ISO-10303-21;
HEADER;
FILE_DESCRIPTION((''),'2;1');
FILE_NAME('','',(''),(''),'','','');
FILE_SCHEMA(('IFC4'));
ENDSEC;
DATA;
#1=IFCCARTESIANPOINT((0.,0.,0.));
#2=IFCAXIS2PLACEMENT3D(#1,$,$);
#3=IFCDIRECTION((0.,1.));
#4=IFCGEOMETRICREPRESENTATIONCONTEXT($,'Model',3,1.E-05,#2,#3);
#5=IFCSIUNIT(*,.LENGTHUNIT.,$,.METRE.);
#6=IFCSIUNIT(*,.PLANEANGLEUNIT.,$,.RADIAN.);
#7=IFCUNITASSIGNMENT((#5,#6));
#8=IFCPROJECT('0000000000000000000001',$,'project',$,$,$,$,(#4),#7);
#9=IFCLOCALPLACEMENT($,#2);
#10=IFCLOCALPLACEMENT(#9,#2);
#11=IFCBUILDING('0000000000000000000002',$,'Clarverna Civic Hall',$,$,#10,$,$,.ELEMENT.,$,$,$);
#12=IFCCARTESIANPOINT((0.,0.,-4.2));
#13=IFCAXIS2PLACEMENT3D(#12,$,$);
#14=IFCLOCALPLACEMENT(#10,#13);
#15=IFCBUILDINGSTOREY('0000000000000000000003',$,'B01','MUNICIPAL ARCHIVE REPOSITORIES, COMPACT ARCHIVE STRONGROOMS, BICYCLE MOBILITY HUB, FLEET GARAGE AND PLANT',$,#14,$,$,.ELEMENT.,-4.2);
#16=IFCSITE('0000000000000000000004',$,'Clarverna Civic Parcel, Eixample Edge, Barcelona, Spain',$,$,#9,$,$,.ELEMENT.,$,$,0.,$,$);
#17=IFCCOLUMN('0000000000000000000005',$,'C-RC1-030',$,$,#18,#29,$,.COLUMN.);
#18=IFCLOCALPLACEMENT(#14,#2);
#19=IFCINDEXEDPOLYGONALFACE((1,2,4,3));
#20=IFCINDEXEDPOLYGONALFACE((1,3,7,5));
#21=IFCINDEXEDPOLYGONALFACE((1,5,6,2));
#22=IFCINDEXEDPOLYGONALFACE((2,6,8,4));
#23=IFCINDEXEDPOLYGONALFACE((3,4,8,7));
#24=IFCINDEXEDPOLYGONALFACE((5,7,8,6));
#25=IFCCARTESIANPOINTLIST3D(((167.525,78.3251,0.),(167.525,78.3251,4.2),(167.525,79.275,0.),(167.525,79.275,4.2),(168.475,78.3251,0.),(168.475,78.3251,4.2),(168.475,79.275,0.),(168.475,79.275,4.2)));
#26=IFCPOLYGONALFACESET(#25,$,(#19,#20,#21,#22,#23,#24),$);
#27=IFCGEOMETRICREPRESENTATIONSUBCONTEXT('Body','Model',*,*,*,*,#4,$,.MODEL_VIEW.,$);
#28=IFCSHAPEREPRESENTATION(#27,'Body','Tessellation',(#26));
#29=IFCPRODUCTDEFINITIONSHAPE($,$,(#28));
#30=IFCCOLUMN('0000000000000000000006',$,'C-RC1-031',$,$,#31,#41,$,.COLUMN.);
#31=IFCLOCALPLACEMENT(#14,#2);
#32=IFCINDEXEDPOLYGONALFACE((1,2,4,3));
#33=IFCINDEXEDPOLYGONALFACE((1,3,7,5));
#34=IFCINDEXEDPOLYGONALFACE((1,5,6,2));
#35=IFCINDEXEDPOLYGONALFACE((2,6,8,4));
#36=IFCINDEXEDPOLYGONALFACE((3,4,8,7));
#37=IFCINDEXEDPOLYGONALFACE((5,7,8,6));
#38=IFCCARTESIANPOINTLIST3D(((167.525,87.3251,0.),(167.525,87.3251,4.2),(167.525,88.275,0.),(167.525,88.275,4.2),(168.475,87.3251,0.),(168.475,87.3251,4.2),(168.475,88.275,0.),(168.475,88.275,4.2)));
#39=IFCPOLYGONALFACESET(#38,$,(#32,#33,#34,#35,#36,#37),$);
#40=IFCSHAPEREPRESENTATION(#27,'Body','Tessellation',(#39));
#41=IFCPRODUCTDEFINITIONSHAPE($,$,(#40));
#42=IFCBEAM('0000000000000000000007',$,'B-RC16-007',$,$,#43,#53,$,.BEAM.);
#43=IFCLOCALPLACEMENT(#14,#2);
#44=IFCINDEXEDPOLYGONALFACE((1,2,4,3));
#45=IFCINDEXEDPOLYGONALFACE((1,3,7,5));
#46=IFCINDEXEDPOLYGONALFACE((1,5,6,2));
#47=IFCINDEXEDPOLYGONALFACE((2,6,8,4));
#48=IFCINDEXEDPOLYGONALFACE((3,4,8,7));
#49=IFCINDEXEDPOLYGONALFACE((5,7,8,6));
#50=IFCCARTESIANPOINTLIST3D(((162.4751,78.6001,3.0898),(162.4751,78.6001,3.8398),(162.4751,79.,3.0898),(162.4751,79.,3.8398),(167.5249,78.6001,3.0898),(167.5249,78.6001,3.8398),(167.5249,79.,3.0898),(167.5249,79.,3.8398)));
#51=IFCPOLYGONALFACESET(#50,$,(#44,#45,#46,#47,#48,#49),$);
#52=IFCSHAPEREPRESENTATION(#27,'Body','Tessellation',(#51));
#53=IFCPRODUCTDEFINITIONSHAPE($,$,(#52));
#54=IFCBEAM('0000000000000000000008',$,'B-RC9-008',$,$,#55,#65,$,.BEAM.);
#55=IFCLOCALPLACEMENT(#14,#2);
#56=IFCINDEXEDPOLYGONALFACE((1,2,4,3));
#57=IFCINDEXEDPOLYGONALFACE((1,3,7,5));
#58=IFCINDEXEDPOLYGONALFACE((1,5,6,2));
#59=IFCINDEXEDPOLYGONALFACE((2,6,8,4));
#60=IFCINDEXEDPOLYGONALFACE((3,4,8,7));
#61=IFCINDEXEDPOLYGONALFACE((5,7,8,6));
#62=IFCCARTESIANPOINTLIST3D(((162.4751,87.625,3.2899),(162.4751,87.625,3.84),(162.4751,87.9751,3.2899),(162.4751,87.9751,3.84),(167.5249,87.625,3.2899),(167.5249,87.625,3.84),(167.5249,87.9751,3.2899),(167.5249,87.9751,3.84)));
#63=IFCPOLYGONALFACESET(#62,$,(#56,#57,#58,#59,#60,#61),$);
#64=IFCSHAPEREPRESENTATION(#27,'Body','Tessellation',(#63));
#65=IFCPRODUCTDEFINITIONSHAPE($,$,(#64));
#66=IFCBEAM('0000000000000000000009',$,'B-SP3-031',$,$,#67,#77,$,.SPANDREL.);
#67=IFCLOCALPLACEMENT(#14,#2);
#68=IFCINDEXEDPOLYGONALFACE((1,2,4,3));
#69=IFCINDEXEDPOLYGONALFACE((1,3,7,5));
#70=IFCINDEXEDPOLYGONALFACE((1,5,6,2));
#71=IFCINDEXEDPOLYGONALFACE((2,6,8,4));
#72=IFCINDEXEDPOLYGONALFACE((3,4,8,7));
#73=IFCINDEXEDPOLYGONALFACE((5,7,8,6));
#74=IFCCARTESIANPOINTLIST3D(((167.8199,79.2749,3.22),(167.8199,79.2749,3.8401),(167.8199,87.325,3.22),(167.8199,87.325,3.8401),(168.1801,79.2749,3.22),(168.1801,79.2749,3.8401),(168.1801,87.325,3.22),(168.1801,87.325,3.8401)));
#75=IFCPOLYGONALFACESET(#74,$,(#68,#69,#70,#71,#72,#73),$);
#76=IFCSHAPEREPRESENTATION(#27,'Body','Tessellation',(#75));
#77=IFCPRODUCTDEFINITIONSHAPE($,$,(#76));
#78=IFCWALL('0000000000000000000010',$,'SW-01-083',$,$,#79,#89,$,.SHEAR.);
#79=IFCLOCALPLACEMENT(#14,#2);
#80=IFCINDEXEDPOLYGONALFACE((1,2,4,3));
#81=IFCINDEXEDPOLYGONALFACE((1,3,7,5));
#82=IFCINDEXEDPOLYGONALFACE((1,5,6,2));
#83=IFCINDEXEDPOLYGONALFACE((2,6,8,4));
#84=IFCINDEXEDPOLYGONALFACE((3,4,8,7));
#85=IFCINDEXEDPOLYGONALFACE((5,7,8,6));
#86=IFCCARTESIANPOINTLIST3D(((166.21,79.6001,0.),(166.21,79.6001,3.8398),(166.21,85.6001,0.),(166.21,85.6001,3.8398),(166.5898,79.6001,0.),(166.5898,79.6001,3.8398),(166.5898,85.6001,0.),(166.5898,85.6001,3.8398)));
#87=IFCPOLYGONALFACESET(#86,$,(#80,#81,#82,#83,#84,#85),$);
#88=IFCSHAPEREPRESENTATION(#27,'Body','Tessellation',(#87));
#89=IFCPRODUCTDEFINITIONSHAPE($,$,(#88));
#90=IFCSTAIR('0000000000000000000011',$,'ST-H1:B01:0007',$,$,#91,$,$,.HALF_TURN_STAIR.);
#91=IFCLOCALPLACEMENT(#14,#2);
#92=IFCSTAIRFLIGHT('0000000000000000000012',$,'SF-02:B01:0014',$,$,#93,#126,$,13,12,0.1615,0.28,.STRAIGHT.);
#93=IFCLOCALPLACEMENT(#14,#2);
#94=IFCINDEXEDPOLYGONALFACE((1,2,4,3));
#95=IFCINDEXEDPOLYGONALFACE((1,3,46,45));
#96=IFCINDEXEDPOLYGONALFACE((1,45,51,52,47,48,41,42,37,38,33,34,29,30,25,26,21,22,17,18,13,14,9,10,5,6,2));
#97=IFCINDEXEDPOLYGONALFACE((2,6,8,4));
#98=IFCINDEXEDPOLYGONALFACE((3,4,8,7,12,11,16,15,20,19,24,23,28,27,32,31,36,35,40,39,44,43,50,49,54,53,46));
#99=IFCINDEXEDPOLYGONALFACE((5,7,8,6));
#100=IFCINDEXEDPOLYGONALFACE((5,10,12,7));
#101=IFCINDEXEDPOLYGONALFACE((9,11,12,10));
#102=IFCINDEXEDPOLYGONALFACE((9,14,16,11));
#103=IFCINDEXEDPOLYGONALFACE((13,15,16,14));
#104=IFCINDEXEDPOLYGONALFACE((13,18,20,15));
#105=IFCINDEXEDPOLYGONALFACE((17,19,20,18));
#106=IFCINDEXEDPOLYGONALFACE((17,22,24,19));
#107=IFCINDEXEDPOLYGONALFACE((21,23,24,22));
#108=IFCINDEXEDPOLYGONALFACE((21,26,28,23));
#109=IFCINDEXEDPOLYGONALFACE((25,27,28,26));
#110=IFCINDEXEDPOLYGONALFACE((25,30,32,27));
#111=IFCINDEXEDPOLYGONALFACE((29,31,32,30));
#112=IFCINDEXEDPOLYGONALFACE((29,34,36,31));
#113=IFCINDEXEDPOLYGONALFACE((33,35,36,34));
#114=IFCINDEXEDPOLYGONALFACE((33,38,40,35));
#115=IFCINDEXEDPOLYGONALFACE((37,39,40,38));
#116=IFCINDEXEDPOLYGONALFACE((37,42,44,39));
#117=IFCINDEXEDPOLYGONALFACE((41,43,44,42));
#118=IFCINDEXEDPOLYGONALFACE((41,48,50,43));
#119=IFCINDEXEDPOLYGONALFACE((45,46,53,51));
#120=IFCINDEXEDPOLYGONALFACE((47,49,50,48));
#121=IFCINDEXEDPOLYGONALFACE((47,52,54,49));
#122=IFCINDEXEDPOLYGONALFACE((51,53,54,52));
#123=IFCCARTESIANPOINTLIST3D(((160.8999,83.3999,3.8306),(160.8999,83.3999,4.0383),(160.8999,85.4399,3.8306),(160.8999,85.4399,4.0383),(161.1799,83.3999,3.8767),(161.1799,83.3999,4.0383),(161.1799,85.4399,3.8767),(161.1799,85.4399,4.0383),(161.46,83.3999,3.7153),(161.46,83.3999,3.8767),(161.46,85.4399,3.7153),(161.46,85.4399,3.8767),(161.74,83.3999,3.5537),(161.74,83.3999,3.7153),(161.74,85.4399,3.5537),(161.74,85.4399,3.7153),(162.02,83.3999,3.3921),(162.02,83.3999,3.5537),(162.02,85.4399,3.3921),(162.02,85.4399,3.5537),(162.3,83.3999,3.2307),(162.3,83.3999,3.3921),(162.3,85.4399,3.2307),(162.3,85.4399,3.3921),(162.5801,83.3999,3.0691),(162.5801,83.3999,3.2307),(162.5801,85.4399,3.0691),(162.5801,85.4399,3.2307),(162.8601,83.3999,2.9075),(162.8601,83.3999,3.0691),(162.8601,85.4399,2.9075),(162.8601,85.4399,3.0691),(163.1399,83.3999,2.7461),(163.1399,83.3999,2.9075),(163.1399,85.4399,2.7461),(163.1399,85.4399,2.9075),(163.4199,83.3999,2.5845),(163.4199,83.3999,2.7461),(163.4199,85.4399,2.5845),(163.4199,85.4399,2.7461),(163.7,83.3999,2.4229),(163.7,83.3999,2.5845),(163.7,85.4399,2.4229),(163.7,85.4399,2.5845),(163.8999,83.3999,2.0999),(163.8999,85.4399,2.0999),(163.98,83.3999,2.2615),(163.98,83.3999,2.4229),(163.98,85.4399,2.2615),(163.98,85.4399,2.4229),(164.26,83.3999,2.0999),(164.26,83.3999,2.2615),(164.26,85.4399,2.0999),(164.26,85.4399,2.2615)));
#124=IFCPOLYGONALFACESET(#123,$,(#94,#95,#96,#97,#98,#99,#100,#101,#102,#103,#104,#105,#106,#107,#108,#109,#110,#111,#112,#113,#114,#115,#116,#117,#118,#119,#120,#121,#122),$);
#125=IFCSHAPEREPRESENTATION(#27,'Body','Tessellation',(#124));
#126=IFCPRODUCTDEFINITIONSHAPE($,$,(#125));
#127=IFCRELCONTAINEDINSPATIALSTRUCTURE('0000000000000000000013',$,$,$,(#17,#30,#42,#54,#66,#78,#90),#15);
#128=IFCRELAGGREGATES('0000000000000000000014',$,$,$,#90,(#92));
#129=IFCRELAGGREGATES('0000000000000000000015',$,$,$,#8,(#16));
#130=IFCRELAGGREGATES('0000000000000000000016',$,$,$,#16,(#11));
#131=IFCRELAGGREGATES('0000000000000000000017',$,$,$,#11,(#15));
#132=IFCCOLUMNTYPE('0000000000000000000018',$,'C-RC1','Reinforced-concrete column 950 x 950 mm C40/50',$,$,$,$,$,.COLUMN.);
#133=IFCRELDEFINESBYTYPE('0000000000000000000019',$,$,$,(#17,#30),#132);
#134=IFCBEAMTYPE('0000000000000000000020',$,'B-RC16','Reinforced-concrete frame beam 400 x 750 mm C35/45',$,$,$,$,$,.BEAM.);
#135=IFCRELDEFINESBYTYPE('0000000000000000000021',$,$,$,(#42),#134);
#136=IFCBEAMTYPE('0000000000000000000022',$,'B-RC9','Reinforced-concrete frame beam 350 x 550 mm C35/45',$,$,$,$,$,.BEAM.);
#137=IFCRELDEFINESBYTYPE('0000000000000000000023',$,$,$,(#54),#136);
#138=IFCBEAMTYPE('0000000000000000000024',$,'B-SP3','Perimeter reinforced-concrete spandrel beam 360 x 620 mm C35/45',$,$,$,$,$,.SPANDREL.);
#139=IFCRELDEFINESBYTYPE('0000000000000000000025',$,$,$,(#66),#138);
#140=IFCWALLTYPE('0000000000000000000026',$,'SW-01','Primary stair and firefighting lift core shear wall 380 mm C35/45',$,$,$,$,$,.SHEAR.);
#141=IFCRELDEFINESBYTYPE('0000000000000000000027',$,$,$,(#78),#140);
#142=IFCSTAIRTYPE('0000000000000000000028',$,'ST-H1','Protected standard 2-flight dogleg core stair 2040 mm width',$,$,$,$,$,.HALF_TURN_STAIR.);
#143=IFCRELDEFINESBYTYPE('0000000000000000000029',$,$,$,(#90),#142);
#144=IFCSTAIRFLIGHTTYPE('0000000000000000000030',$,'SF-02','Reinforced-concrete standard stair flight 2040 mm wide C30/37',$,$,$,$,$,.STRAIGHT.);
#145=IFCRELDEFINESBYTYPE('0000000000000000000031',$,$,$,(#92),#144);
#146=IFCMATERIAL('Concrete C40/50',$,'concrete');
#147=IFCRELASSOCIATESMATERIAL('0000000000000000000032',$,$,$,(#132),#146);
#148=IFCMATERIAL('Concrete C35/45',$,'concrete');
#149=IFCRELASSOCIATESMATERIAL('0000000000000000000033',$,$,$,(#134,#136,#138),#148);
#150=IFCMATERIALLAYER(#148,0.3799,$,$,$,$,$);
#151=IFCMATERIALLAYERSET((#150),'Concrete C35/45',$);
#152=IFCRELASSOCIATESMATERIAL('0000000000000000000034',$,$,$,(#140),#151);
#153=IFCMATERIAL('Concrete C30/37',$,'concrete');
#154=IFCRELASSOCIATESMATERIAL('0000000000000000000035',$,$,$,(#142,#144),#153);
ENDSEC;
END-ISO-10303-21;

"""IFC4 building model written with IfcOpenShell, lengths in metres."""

from ifc_helpers import new_model, si_unit, direction, frame, frame_2d, origin, origin_2d, place, context, subcontext, project, spatial, polyline, rectangle, outline, extrude, material, layer, layer_set, material_profile, profile_set, type_object, element, aggregate, save


model = new_model("IFC4")

# Units and contexts
model_context = context("Model", 3, precision=1e-05, world=origin(), true_north=direction((0.0, 1.0)))
body_context = subcontext(model_context, "Body", "Model", "MODEL_VIEW")
ifc_project = project(units=[si_unit("LENGTHUNIT", "METRE"), si_unit("PLANEANGLEUNIT", "RADIAN")], contexts=[model_context])

# Site, building, storey
site_placement = place(None, origin())
site = spatial("IfcSite", under=ifc_project, at=site_placement, Name="Clarverna Civic Parcel, Eixample Edge, Barcelona, Spain", CompositionType="ELEMENT", RefElevation=0.0)
building_placement = place(site_placement, origin())
building = spatial("IfcBuilding", under=site, at=building_placement, Name="Clarverna Civic Hall", CompositionType="ELEMENT")
storey_placement = place(building_placement, frame((0.0, 0.0, -4.2)))
storey = spatial("IfcBuildingStorey", under=building, at=storey_placement, Name="B01", Description="MUNICIPAL ARCHIVE REPOSITORIES, COMPACT ARCHIVE STRONGROOMS, BICYCLE MOBILITY HUB, FLEET GARAGE AND PLANT", CompositionType="ELEMENT", Elevation=-4.2)

# Shared definitions
ifc_material_1 = material(Name="Concrete C30/37", Category="concrete")

# Columns
ifc_material_2 = material(Name="Concrete C40/50", Category="concrete")
ifc_material_profile_1 = material_profile(ifc_material_2, rectangle(XDim=0.95, YDim=0.95, at=origin_2d()), Name="RC 950x950")
ifc_profile_set_1 = profile_set([ifc_material_profile_1], Name="Concrete C40/50")
column_type_1 = type_object("IfcColumnType", Name="C-RC1", Description="Reinforced-concrete column 950 x 950 mm C40/50", PredefinedType="COLUMN", material=ifc_profile_set_1)
for number, where, z_axis, x_axis, name in (
    (1, (168.0, 78.8, 0.0), (0.0, 0.0, 1.0), (1.0, 0.0, 0.0), "C-RC1-030"),
    (2, (168.0, 87.8, 0.0), (0.0, 0.0, 1.0), (1.0, 0.0, 0.0), "C-RC1-031"),
):
    element("IfcColumn", number, at=place(storey_placement, frame(where, z_axis=z_axis, x_axis=x_axis)), inside=storey, type_object=column_type_1, Name=name, PredefinedType="COLUMN", context=body_context, shape_type="SweptSolid", body=[
        extrude(rectangle(XDim=0.95, YDim=0.95, at=origin_2d()), origin(), (0.0, 0.0, 1.0), 4.2),
    ])

# Beams
ifc_material_3 = material(Name="Concrete C35/45", Category="concrete")
ifc_material_profile_2 = material_profile(ifc_material_3, rectangle(XDim=0.3999, YDim=0.75, at=origin_2d()), Name="RC 400x750")
ifc_profile_set_2 = profile_set([ifc_material_profile_2], Name="Concrete C35/45")
beam_type_1 = type_object("IfcBeamType", Name="B-RC16", Description="Reinforced-concrete frame beam 400 x 750 mm C35/45", PredefinedType="BEAM", material=ifc_profile_set_2)
beam_1_placement = place(storey_placement, frame((162.4751, 78.8, 3.4648), z_axis=(1.0, 0.0, 0.0), x_axis=(0.0, 1.0, 0.0)))
element("IfcBeam", 3, at=beam_1_placement, inside=storey, type_object=beam_type_1, Name="B-RC16-007", PredefinedType="BEAM", context=body_context, shape_type="SweptSolid", body=[
    extrude(rectangle(XDim=0.3999, YDim=0.75, at=origin_2d()), origin(), (0.0, 0.0, 1.0), 5.0498),
])
ifc_material_profile_3 = material_profile(ifc_material_3, rectangle(XDim=0.3501, YDim=0.55, at=origin_2d()), Name="RC 350x550")
ifc_profile_set_3 = profile_set([ifc_material_profile_3], Name="Concrete C35/45")
beam_type_2 = type_object("IfcBeamType", Name="B-RC9", Description="Reinforced-concrete frame beam 350 x 550 mm C35/45", PredefinedType="BEAM", material=ifc_profile_set_3)
beam_2_placement = place(storey_placement, frame((162.4751, 87.8, 3.5649), z_axis=(1.0, 0.0, 0.0), x_axis=(0.0, 1.0, 0.0)))
element("IfcBeam", 4, at=beam_2_placement, inside=storey, type_object=beam_type_2, Name="B-RC9-008", PredefinedType="BEAM", context=body_context, shape_type="SweptSolid", body=[
    extrude(rectangle(XDim=0.3501, YDim=0.55, at=origin_2d()), origin(), (0.0, 0.0, 1.0), 5.0498),
])
ifc_material_profile_4 = material_profile(ifc_material_3, rectangle(XDim=0.3601, YDim=0.6201, at=origin_2d()), Name="RC 360x620")
ifc_profile_set_4 = profile_set([ifc_material_profile_4], Name="Concrete C35/45")
beam_type_3 = type_object("IfcBeamType", Name="B-SP3", Description="Perimeter reinforced-concrete spandrel beam 360 x 620 mm C35/45", PredefinedType="SPANDREL", material=ifc_profile_set_4)
beam_3_placement = place(storey_placement, frame((168.0, 79.2749, 3.53), z_axis=(0.0, 1.0, 0.0), x_axis=(-1.0, 0.0, 0.0)))
element("IfcBeam", 5, at=beam_3_placement, inside=storey, type_object=beam_type_3, Name="B-SP3-031", PredefinedType="SPANDREL", context=body_context, shape_type="SweptSolid", body=[
    extrude(rectangle(XDim=0.3601, YDim=0.6201, at=origin_2d()), origin(), (0.0, 0.0, 1.0), 8.05),
])

# Wall
ifc_layer = layer(ifc_material_3, 0.3799)
ifc_layer_set = layer_set([ifc_layer], Name="Concrete C35/45")
wall_type = type_object("IfcWallType", Name="SW-01", Description="Primary stair and firefighting lift core shear wall 380 mm C35/45", PredefinedType="SHEAR", material=ifc_layer_set)
wall_placement = place(storey_placement, frame((166.3999, 79.6001, 0.0), z_axis=(0.0, 0.0, 1.0), x_axis=(0.0, 1.0, 0.0)))
element("IfcWall", 6, at=wall_placement, inside=storey, type_object=wall_type, Name="SW-01-083", PredefinedType="SHEAR", context=body_context, shape_type="SweptSolid", body=[
    extrude(rectangle(XDim=6.0, YDim=0.3799, at=frame_2d((3.0, 0.0))), origin(), (0.0, 0.0, 1.0), 3.8398),
])

# Stair, stair flight
stair_type = type_object("IfcStairType", Name="ST-H1", Description="Protected standard 2-flight dogleg core stair 2040 mm width", PredefinedType="HALF_TURN_STAIR", material=ifc_material_1)
stair_placement = place(storey_placement, origin())
stair = element("IfcStair", 7, at=stair_placement, inside=storey, type_object=stair_type, Name="ST-H1:B01:0007", PredefinedType="HALF_TURN_STAIR")
stair_flight_type = type_object("IfcStairFlightType", Name="SF-02", Description="Reinforced-concrete standard stair flight 2040 mm wide C30/37", PredefinedType="STRAIGHT", material=ifc_material_1)
stair_flight_placement = place(storey_placement, frame((164.26, 84.4199, 2.0999), z_axis=(0.0, 0.0, 1.0), x_axis=(-1.0, 0.0, 0.0)))
stair_flight = element("IfcStairFlight", 8, at=stair_flight_placement, type_object=stair_flight_type, Name="SF-02:B01:0014", NumberOfRisers=13, NumberOfTreads=12, PredefinedType="STRAIGHT", RiserHeight=0.1615, TreadLength=0.28, context=body_context, shape_type="SweptSolid", body=[
    extrude(outline(polyline([(0.0, 0.0), (0.0, 0.1616), (0.28, 0.1616), (0.28, 0.323), (0.5601, 0.323), (0.5601, 0.4846), (0.8401, 0.4846), (0.8401, 0.6462), (1.1201, 0.6462), (1.1201, 0.8076), (1.3999, 0.8076), (1.3999, 0.9692), (1.6799, 0.9692), (1.6799, 1.1309), (1.96, 1.1309), (1.96, 1.2922), (2.24, 1.2922), (2.24, 1.4539), (2.52, 1.4539), (2.52, 1.6155), (2.8, 1.6155), (2.8, 1.7769), (3.0801, 1.7769), (3.0801, 1.9385), (3.3601, 1.9385), (3.3601, 2.1001), (3.3601, 1.7307), (0.3601, 0.0), (0.0, 0.0)])), frame((0.0, 1.02, 0.0), z_axis=(0.0, -1.0, 0.0), x_axis=(1.0, 0.0, 0.0)), (0.0, 0.0, 1.0), 2.04),
])
aggregate(stair, [stair_flight])

save(model, "model.ifc")
